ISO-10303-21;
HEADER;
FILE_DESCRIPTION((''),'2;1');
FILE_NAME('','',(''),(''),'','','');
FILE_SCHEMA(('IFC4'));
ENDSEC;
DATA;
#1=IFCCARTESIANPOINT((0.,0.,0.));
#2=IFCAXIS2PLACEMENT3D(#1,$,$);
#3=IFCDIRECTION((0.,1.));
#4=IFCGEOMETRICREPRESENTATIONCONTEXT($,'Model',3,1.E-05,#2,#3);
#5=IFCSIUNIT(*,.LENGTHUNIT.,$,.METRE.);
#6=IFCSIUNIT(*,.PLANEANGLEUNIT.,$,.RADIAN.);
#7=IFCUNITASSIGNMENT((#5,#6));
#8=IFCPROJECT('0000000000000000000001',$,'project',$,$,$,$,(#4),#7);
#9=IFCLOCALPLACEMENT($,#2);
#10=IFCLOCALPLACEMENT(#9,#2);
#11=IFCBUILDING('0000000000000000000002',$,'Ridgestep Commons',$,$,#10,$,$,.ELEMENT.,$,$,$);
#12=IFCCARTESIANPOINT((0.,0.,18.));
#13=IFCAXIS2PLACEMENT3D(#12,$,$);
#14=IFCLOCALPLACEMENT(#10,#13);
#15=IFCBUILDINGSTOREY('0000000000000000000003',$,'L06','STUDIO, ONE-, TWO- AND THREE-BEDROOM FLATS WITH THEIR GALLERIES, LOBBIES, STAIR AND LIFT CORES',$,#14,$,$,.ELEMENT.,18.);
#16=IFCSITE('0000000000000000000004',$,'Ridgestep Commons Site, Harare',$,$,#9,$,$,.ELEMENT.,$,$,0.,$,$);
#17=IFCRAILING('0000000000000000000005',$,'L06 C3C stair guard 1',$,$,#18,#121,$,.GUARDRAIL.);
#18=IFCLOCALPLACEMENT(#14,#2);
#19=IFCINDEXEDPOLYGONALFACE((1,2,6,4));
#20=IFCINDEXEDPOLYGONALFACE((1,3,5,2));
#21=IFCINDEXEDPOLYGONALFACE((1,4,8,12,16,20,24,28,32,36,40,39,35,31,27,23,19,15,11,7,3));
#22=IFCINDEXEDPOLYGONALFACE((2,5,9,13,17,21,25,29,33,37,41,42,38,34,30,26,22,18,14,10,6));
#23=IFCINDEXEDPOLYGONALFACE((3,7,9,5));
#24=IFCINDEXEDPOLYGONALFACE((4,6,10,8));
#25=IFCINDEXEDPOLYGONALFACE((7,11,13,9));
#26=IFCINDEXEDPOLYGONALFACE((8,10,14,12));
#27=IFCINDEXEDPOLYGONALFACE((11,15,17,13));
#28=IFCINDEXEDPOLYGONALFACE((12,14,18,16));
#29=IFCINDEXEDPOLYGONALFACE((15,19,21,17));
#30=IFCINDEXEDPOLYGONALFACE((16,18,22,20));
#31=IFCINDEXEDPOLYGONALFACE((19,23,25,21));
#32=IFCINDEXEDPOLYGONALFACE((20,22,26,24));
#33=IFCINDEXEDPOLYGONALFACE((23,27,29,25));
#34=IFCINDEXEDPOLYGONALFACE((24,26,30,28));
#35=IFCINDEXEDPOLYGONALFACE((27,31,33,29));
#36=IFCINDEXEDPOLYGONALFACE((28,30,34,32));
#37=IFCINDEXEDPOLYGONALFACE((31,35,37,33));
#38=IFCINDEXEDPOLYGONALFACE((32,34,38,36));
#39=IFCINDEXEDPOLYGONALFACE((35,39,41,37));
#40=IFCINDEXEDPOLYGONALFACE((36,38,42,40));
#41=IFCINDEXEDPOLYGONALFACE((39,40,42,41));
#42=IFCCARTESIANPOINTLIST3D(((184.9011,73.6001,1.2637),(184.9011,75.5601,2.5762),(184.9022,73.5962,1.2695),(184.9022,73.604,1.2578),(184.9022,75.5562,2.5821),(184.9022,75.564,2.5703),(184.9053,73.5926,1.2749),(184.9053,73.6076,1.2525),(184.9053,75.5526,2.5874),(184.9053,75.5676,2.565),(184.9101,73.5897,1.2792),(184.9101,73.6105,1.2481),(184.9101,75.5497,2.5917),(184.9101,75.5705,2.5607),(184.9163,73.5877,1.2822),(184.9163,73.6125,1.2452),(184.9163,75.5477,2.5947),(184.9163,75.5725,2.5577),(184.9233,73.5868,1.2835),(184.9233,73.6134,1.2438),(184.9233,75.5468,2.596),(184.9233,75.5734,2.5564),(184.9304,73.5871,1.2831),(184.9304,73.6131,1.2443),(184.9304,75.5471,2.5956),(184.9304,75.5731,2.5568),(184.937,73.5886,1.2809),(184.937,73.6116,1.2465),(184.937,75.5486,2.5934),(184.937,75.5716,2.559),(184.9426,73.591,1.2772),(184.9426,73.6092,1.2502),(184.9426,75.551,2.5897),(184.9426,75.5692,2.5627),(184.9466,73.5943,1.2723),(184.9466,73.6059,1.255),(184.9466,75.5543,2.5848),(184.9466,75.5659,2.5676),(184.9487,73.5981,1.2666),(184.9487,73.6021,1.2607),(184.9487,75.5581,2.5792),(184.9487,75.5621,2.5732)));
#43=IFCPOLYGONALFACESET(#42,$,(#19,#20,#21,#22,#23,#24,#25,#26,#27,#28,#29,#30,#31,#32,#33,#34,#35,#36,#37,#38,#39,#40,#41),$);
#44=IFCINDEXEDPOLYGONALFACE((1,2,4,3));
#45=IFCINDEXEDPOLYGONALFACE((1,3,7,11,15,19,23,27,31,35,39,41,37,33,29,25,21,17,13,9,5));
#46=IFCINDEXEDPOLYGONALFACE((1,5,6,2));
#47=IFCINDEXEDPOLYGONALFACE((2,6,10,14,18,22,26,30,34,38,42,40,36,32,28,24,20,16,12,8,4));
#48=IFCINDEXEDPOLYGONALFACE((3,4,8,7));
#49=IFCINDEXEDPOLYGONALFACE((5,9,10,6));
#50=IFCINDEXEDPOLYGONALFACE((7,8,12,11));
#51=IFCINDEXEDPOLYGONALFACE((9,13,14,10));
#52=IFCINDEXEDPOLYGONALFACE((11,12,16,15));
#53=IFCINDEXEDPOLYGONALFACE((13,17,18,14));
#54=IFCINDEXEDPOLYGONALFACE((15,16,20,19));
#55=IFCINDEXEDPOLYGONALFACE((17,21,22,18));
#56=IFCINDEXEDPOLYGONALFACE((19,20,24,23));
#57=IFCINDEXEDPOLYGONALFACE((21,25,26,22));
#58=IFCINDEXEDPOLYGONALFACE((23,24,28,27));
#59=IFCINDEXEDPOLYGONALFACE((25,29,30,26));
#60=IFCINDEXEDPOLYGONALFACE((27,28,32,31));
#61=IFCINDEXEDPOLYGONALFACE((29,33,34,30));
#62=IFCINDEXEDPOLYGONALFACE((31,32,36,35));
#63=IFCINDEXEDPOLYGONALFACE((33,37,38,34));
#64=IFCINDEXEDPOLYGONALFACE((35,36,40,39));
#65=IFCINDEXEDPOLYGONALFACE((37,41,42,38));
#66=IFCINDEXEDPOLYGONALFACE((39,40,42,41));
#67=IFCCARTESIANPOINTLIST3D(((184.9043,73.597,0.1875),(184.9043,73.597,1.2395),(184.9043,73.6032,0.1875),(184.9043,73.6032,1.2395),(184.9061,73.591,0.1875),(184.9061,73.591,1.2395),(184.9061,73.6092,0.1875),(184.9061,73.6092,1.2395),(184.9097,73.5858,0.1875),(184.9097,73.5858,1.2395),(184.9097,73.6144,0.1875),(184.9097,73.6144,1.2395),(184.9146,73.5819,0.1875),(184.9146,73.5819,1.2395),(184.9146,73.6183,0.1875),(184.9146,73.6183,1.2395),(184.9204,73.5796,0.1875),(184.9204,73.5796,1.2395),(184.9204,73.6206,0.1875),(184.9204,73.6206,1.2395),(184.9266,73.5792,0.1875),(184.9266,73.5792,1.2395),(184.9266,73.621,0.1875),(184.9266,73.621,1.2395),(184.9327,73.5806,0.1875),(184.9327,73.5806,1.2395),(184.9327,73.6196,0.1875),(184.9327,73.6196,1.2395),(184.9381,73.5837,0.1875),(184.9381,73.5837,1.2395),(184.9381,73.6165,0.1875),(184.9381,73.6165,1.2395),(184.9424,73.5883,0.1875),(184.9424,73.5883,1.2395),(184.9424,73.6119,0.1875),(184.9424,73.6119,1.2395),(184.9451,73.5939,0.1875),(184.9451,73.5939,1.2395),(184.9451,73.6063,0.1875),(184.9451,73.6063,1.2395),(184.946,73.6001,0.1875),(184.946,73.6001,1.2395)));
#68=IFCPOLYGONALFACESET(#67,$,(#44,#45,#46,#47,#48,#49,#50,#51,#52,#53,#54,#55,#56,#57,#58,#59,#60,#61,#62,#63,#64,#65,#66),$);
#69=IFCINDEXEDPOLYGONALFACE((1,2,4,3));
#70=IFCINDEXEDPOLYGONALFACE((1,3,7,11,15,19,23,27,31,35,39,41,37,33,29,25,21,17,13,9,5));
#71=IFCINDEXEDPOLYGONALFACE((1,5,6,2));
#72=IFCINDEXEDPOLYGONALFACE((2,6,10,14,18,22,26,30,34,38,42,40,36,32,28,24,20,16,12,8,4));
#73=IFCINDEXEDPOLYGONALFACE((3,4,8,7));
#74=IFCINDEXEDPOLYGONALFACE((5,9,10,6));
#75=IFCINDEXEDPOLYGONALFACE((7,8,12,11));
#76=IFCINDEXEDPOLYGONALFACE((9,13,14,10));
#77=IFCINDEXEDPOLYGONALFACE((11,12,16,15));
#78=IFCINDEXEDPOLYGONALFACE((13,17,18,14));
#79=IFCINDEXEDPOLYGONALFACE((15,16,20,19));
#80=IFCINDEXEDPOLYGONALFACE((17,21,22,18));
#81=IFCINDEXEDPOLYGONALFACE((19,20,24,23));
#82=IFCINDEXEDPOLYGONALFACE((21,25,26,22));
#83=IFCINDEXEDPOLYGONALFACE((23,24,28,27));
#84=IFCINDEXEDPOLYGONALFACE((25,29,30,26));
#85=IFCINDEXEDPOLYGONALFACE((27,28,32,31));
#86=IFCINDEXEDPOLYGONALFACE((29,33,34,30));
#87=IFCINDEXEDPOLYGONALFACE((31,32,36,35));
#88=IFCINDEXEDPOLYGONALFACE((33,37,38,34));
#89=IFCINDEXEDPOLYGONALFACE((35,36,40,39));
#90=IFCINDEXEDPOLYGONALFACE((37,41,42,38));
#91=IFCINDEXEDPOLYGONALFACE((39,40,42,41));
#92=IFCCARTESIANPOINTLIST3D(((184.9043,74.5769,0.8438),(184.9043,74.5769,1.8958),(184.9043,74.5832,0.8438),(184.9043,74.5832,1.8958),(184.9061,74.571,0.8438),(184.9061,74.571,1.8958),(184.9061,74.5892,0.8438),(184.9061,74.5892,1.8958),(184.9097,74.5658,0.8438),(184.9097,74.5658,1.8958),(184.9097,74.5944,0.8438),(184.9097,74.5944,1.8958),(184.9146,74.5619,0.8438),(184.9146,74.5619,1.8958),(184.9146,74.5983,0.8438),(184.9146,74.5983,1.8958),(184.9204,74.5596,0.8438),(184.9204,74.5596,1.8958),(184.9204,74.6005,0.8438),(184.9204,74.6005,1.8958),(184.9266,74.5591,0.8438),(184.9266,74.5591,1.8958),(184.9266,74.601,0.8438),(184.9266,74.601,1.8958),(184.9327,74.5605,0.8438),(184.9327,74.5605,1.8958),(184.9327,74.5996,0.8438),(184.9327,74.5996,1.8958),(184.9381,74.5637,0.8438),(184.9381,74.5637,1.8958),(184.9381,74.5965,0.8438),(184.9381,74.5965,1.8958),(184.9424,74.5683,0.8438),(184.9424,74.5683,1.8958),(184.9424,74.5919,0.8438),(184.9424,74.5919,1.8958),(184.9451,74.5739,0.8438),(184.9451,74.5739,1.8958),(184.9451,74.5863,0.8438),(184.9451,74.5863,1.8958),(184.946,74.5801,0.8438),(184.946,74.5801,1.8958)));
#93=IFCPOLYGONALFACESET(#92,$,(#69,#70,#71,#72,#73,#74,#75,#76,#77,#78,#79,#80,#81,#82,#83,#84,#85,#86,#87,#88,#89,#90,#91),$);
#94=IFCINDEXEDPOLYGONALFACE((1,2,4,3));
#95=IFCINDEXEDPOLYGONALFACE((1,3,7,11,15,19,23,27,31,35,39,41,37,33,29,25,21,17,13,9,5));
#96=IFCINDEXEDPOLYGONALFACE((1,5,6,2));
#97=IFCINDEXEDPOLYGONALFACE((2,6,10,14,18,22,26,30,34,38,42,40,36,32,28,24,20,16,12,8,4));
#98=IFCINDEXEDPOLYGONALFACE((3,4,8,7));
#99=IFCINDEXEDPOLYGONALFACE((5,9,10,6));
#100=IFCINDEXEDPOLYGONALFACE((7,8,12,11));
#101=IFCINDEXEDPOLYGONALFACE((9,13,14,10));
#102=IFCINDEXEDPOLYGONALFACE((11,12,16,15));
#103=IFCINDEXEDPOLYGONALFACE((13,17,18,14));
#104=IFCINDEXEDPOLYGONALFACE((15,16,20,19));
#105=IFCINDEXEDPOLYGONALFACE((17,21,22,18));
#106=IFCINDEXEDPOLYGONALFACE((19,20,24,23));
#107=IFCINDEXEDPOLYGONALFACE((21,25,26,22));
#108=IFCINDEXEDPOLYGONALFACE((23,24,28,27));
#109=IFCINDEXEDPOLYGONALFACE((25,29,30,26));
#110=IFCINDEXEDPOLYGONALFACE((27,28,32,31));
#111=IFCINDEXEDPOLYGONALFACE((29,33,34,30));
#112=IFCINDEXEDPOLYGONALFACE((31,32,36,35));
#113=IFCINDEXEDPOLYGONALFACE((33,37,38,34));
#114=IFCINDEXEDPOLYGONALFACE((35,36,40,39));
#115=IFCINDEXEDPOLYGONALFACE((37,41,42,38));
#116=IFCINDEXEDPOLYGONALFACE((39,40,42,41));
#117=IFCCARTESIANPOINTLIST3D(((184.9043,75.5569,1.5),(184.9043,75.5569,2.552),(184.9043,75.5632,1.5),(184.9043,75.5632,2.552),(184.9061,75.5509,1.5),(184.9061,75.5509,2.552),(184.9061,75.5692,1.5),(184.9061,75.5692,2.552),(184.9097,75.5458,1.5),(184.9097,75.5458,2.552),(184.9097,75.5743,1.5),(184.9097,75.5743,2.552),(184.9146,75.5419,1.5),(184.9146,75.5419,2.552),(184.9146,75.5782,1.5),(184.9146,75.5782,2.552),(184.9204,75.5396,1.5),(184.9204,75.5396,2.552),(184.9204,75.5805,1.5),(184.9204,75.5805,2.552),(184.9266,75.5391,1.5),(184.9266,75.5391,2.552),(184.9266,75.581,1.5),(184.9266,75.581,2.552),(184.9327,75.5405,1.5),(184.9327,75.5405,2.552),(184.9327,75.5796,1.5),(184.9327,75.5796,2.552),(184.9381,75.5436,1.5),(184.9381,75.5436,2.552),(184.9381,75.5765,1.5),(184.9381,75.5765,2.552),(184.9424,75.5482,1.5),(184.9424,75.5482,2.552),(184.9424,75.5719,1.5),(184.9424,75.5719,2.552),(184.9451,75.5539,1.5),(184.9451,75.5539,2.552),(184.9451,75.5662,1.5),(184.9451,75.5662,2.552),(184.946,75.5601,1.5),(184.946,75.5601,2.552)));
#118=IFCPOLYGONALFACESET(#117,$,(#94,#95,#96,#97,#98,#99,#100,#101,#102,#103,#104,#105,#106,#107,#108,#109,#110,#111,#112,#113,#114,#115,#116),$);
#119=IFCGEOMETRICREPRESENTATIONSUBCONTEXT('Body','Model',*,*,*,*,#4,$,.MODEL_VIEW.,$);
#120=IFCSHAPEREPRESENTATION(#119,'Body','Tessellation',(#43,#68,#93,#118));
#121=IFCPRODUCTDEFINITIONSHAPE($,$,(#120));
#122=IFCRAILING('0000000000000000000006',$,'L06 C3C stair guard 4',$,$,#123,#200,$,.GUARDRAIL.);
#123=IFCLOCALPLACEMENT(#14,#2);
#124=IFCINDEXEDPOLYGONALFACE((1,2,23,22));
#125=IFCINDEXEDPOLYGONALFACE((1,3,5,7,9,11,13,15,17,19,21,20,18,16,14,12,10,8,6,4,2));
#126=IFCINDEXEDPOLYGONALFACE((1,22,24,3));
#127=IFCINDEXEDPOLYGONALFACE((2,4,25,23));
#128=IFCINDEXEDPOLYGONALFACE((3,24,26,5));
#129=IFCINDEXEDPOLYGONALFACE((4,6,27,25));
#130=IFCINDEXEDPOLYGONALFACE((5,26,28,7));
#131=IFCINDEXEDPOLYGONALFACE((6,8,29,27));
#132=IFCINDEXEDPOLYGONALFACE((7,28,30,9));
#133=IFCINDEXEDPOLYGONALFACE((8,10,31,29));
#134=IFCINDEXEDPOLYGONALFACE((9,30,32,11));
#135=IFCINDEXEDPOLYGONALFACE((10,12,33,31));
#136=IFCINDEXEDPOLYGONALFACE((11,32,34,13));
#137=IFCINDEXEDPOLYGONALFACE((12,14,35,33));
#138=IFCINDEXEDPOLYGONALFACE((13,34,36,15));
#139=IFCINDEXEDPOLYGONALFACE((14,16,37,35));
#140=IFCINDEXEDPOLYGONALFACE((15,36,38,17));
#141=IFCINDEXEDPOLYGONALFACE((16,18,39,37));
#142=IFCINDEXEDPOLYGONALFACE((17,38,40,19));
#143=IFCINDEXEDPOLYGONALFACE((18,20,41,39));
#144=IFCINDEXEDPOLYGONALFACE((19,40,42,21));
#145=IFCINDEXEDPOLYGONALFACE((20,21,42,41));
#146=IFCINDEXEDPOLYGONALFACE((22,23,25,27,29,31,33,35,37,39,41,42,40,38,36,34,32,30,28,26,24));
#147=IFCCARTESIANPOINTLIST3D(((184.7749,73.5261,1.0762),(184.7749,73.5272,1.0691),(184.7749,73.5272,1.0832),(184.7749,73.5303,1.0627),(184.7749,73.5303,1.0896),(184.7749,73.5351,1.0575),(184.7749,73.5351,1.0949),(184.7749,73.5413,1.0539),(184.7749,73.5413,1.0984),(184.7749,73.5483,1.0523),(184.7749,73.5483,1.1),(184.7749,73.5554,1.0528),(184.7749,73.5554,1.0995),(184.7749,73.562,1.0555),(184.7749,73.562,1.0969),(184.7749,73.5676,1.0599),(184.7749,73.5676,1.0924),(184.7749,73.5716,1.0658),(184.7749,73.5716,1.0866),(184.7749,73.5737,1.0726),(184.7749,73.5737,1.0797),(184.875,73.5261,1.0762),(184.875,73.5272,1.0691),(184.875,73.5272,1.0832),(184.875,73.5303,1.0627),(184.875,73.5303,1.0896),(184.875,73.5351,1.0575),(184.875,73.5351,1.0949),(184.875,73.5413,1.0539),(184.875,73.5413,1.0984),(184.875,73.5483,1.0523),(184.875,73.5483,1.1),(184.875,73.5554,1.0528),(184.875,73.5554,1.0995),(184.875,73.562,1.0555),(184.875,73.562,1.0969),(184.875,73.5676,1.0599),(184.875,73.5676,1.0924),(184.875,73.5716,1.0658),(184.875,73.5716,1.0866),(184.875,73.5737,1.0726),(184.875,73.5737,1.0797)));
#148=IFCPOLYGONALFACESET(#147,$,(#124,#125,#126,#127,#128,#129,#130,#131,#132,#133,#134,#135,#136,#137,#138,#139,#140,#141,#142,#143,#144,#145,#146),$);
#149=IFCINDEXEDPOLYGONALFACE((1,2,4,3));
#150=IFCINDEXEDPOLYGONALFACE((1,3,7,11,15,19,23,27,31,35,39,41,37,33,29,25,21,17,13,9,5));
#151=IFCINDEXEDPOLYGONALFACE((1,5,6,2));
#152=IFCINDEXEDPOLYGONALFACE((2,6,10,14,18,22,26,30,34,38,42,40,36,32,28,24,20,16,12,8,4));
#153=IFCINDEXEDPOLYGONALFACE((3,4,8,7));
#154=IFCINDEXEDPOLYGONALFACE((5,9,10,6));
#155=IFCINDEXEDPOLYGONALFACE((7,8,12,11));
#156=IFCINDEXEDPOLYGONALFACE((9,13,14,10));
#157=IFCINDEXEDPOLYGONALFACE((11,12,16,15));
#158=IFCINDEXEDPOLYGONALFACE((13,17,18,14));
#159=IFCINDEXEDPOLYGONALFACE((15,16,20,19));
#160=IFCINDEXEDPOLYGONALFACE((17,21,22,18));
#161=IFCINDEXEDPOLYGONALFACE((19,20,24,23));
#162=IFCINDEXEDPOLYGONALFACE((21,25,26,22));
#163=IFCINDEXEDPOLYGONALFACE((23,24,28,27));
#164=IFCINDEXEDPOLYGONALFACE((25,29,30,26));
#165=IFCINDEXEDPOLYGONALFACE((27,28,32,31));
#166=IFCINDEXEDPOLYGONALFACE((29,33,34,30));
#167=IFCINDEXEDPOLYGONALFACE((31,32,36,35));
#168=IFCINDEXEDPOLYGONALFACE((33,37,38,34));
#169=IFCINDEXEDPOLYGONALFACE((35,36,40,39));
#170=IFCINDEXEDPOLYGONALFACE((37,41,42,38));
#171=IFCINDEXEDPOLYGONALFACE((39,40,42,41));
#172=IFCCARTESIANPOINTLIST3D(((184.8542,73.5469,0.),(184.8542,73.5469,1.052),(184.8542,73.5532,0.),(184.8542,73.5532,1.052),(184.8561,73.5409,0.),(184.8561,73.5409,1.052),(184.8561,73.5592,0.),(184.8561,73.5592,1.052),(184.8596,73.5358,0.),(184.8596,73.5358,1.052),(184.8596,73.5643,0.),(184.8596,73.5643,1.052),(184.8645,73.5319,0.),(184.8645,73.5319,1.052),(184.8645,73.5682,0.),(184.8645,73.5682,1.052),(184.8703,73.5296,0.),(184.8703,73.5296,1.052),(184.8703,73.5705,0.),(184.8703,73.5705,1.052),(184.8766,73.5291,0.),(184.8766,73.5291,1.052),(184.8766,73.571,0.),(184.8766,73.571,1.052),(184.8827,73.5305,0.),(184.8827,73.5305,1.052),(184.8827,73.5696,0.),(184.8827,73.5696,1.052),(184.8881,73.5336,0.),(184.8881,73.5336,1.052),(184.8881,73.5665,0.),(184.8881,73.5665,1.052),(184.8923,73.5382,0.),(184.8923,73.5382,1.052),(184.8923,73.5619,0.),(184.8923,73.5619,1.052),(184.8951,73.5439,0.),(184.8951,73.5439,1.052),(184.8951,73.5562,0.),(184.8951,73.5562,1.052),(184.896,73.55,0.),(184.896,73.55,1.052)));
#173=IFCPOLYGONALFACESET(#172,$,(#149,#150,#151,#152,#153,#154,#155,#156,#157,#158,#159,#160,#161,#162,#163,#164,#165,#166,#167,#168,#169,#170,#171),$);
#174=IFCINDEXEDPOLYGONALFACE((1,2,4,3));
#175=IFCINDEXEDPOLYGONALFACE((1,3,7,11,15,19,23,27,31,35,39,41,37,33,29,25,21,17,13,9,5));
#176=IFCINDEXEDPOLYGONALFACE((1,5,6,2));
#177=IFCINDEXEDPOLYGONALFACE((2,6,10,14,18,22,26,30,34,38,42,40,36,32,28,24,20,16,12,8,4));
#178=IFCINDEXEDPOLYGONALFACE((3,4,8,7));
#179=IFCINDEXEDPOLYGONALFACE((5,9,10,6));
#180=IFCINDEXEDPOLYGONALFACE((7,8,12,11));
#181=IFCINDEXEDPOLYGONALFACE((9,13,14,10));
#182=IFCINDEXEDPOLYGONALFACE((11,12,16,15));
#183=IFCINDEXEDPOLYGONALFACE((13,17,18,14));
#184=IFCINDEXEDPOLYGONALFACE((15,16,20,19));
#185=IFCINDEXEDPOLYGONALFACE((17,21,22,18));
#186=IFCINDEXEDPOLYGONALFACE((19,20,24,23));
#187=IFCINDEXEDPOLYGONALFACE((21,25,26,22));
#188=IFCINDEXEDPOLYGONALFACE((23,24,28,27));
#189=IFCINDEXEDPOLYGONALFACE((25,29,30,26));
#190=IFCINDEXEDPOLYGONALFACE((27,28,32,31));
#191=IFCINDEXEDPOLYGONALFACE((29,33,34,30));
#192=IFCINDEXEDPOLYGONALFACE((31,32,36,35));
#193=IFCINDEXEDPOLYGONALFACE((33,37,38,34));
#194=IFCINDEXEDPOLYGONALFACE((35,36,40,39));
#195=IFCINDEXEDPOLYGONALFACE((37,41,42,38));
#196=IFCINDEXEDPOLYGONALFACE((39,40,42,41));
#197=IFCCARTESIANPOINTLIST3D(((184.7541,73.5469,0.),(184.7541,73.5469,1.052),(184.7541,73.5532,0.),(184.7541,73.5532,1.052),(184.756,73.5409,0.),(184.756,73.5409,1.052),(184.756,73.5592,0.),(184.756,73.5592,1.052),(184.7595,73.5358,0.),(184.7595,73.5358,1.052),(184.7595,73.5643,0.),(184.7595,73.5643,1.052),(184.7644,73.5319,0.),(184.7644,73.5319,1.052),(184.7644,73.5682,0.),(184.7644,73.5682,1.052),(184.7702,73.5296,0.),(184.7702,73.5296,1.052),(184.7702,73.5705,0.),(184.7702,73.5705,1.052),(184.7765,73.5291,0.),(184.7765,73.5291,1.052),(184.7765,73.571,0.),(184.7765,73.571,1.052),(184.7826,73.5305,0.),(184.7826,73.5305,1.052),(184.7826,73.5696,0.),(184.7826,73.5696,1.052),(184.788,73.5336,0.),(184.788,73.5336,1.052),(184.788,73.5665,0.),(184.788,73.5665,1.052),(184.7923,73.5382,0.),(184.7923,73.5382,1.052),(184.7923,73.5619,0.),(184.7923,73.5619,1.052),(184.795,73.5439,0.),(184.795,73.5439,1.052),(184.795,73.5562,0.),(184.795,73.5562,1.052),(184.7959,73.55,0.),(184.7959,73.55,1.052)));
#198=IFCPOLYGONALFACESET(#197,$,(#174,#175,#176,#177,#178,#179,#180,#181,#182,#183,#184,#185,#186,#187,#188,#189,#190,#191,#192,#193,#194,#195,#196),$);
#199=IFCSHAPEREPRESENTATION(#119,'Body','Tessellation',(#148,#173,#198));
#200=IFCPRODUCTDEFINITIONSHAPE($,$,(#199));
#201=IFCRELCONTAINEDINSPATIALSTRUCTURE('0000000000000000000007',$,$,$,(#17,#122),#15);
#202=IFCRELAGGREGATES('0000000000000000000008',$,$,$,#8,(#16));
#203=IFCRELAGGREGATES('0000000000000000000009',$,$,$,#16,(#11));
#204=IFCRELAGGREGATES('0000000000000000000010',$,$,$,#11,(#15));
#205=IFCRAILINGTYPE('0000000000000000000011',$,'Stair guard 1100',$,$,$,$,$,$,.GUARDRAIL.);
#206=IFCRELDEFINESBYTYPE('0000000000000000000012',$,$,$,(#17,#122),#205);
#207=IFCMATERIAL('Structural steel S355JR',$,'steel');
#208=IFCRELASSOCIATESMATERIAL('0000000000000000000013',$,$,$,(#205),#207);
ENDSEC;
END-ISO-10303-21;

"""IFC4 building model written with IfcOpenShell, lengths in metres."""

from ifc_helpers import new_model, si_unit, direction, frame, origin, origin_2d, place, context, subcontext, project, spatial, circle, extrude, material, type_object, element, save


model = new_model("IFC4")

# Units and contexts
model_context = context("Model", 3, precision=1e-05, world=origin(), true_north=direction((0.0, 1.0)))
body_context = subcontext(model_context, "Body", "Model", "MODEL_VIEW")
ifc_project = project(units=[si_unit("LENGTHUNIT", "METRE"), si_unit("PLANEANGLEUNIT", "RADIAN")], contexts=[model_context])

# Site, building, storey
site_placement = place(None, origin())
site = spatial("IfcSite", under=ifc_project, at=site_placement, Name="Ridgestep Commons Site, Harare", CompositionType="ELEMENT", RefElevation=0.0)
building_placement = place(site_placement, origin())
building = spatial("IfcBuilding", under=site, at=building_placement, Name="Ridgestep Commons", CompositionType="ELEMENT")
storey_placement = place(building_placement, frame((0.0, 0.0, 18.0)))
storey = spatial("IfcBuildingStorey", under=building, at=storey_placement, Name="L06", Description="STUDIO, ONE-, TWO- AND THREE-BEDROOM FLATS WITH THEIR GALLERIES, LOBBIES, STAIR AND LIFT CORES", CompositionType="ELEMENT", Elevation=18.0)

# Railings
ifc_material_1 = material(Name="Structural steel S355JR", Category="steel")
railing_type_1 = type_object("IfcRailingType", Name="Stair guard 1100", PredefinedType="GUARDRAIL", material=ifc_material_1)
railing_1_placement = place(storey_placement, frame((184.925, 73.6001, 0.1875)))
element("IfcRailing", 1, at=railing_1_placement, inside=storey, type_object=railing_type_1, Name="L06 C3C stair guard 1", PredefinedType="GUARDRAIL", context=body_context, shape_type="SweptSolid", body=[
    extrude(circle(Radius=0.0239, at=origin_2d()), frame((0.0, 0.0, 1.0762), z_axis=(0.0, 0.830902, 0.556419), x_axis=(-1.0, 0.0, 0.0)), (0.0, 0.0, 1.0), 2.3589),
    extrude(circle(Radius=0.021, at=origin_2d()), origin(), (0.0, 0.0, 1.0), 1.052),
    extrude(circle(Radius=0.021, at=origin_2d()), frame((0.0, 0.98, 0.6562)), (0.0, 0.0, 1.0), 1.052),
    extrude(circle(Radius=0.021, at=origin_2d()), frame((0.0, 1.96, 1.3125)), (0.0, 0.0, 1.0), 1.052),
])
railing_2_placement = place(storey_placement, frame((184.875, 73.55, 0.0)))
element("IfcRailing", 2, at=railing_2_placement, inside=storey, type_object=railing_type_1, Name="L06 C3C stair guard 4", PredefinedType="GUARDRAIL", context=body_context, shape_type="SweptSolid", body=[
    extrude(circle(Radius=0.0239, at=origin_2d()), frame((0.0, 0.0, 1.0762), z_axis=(-1.0, 0.0, 0.0), x_axis=(0.0, -1.0, 0.0)), (0.0, 0.0, 1.0), 0.1001),
    extrude(circle(Radius=0.021, at=origin_2d()), origin(), (0.0, 0.0, 1.0), 1.052),
    extrude(circle(Radius=0.021, at=origin_2d()), frame((-0.1001, 0.0, 0.0)), (0.0, 0.0, 1.0), 1.052),
])

save(model, "model.ifc")
